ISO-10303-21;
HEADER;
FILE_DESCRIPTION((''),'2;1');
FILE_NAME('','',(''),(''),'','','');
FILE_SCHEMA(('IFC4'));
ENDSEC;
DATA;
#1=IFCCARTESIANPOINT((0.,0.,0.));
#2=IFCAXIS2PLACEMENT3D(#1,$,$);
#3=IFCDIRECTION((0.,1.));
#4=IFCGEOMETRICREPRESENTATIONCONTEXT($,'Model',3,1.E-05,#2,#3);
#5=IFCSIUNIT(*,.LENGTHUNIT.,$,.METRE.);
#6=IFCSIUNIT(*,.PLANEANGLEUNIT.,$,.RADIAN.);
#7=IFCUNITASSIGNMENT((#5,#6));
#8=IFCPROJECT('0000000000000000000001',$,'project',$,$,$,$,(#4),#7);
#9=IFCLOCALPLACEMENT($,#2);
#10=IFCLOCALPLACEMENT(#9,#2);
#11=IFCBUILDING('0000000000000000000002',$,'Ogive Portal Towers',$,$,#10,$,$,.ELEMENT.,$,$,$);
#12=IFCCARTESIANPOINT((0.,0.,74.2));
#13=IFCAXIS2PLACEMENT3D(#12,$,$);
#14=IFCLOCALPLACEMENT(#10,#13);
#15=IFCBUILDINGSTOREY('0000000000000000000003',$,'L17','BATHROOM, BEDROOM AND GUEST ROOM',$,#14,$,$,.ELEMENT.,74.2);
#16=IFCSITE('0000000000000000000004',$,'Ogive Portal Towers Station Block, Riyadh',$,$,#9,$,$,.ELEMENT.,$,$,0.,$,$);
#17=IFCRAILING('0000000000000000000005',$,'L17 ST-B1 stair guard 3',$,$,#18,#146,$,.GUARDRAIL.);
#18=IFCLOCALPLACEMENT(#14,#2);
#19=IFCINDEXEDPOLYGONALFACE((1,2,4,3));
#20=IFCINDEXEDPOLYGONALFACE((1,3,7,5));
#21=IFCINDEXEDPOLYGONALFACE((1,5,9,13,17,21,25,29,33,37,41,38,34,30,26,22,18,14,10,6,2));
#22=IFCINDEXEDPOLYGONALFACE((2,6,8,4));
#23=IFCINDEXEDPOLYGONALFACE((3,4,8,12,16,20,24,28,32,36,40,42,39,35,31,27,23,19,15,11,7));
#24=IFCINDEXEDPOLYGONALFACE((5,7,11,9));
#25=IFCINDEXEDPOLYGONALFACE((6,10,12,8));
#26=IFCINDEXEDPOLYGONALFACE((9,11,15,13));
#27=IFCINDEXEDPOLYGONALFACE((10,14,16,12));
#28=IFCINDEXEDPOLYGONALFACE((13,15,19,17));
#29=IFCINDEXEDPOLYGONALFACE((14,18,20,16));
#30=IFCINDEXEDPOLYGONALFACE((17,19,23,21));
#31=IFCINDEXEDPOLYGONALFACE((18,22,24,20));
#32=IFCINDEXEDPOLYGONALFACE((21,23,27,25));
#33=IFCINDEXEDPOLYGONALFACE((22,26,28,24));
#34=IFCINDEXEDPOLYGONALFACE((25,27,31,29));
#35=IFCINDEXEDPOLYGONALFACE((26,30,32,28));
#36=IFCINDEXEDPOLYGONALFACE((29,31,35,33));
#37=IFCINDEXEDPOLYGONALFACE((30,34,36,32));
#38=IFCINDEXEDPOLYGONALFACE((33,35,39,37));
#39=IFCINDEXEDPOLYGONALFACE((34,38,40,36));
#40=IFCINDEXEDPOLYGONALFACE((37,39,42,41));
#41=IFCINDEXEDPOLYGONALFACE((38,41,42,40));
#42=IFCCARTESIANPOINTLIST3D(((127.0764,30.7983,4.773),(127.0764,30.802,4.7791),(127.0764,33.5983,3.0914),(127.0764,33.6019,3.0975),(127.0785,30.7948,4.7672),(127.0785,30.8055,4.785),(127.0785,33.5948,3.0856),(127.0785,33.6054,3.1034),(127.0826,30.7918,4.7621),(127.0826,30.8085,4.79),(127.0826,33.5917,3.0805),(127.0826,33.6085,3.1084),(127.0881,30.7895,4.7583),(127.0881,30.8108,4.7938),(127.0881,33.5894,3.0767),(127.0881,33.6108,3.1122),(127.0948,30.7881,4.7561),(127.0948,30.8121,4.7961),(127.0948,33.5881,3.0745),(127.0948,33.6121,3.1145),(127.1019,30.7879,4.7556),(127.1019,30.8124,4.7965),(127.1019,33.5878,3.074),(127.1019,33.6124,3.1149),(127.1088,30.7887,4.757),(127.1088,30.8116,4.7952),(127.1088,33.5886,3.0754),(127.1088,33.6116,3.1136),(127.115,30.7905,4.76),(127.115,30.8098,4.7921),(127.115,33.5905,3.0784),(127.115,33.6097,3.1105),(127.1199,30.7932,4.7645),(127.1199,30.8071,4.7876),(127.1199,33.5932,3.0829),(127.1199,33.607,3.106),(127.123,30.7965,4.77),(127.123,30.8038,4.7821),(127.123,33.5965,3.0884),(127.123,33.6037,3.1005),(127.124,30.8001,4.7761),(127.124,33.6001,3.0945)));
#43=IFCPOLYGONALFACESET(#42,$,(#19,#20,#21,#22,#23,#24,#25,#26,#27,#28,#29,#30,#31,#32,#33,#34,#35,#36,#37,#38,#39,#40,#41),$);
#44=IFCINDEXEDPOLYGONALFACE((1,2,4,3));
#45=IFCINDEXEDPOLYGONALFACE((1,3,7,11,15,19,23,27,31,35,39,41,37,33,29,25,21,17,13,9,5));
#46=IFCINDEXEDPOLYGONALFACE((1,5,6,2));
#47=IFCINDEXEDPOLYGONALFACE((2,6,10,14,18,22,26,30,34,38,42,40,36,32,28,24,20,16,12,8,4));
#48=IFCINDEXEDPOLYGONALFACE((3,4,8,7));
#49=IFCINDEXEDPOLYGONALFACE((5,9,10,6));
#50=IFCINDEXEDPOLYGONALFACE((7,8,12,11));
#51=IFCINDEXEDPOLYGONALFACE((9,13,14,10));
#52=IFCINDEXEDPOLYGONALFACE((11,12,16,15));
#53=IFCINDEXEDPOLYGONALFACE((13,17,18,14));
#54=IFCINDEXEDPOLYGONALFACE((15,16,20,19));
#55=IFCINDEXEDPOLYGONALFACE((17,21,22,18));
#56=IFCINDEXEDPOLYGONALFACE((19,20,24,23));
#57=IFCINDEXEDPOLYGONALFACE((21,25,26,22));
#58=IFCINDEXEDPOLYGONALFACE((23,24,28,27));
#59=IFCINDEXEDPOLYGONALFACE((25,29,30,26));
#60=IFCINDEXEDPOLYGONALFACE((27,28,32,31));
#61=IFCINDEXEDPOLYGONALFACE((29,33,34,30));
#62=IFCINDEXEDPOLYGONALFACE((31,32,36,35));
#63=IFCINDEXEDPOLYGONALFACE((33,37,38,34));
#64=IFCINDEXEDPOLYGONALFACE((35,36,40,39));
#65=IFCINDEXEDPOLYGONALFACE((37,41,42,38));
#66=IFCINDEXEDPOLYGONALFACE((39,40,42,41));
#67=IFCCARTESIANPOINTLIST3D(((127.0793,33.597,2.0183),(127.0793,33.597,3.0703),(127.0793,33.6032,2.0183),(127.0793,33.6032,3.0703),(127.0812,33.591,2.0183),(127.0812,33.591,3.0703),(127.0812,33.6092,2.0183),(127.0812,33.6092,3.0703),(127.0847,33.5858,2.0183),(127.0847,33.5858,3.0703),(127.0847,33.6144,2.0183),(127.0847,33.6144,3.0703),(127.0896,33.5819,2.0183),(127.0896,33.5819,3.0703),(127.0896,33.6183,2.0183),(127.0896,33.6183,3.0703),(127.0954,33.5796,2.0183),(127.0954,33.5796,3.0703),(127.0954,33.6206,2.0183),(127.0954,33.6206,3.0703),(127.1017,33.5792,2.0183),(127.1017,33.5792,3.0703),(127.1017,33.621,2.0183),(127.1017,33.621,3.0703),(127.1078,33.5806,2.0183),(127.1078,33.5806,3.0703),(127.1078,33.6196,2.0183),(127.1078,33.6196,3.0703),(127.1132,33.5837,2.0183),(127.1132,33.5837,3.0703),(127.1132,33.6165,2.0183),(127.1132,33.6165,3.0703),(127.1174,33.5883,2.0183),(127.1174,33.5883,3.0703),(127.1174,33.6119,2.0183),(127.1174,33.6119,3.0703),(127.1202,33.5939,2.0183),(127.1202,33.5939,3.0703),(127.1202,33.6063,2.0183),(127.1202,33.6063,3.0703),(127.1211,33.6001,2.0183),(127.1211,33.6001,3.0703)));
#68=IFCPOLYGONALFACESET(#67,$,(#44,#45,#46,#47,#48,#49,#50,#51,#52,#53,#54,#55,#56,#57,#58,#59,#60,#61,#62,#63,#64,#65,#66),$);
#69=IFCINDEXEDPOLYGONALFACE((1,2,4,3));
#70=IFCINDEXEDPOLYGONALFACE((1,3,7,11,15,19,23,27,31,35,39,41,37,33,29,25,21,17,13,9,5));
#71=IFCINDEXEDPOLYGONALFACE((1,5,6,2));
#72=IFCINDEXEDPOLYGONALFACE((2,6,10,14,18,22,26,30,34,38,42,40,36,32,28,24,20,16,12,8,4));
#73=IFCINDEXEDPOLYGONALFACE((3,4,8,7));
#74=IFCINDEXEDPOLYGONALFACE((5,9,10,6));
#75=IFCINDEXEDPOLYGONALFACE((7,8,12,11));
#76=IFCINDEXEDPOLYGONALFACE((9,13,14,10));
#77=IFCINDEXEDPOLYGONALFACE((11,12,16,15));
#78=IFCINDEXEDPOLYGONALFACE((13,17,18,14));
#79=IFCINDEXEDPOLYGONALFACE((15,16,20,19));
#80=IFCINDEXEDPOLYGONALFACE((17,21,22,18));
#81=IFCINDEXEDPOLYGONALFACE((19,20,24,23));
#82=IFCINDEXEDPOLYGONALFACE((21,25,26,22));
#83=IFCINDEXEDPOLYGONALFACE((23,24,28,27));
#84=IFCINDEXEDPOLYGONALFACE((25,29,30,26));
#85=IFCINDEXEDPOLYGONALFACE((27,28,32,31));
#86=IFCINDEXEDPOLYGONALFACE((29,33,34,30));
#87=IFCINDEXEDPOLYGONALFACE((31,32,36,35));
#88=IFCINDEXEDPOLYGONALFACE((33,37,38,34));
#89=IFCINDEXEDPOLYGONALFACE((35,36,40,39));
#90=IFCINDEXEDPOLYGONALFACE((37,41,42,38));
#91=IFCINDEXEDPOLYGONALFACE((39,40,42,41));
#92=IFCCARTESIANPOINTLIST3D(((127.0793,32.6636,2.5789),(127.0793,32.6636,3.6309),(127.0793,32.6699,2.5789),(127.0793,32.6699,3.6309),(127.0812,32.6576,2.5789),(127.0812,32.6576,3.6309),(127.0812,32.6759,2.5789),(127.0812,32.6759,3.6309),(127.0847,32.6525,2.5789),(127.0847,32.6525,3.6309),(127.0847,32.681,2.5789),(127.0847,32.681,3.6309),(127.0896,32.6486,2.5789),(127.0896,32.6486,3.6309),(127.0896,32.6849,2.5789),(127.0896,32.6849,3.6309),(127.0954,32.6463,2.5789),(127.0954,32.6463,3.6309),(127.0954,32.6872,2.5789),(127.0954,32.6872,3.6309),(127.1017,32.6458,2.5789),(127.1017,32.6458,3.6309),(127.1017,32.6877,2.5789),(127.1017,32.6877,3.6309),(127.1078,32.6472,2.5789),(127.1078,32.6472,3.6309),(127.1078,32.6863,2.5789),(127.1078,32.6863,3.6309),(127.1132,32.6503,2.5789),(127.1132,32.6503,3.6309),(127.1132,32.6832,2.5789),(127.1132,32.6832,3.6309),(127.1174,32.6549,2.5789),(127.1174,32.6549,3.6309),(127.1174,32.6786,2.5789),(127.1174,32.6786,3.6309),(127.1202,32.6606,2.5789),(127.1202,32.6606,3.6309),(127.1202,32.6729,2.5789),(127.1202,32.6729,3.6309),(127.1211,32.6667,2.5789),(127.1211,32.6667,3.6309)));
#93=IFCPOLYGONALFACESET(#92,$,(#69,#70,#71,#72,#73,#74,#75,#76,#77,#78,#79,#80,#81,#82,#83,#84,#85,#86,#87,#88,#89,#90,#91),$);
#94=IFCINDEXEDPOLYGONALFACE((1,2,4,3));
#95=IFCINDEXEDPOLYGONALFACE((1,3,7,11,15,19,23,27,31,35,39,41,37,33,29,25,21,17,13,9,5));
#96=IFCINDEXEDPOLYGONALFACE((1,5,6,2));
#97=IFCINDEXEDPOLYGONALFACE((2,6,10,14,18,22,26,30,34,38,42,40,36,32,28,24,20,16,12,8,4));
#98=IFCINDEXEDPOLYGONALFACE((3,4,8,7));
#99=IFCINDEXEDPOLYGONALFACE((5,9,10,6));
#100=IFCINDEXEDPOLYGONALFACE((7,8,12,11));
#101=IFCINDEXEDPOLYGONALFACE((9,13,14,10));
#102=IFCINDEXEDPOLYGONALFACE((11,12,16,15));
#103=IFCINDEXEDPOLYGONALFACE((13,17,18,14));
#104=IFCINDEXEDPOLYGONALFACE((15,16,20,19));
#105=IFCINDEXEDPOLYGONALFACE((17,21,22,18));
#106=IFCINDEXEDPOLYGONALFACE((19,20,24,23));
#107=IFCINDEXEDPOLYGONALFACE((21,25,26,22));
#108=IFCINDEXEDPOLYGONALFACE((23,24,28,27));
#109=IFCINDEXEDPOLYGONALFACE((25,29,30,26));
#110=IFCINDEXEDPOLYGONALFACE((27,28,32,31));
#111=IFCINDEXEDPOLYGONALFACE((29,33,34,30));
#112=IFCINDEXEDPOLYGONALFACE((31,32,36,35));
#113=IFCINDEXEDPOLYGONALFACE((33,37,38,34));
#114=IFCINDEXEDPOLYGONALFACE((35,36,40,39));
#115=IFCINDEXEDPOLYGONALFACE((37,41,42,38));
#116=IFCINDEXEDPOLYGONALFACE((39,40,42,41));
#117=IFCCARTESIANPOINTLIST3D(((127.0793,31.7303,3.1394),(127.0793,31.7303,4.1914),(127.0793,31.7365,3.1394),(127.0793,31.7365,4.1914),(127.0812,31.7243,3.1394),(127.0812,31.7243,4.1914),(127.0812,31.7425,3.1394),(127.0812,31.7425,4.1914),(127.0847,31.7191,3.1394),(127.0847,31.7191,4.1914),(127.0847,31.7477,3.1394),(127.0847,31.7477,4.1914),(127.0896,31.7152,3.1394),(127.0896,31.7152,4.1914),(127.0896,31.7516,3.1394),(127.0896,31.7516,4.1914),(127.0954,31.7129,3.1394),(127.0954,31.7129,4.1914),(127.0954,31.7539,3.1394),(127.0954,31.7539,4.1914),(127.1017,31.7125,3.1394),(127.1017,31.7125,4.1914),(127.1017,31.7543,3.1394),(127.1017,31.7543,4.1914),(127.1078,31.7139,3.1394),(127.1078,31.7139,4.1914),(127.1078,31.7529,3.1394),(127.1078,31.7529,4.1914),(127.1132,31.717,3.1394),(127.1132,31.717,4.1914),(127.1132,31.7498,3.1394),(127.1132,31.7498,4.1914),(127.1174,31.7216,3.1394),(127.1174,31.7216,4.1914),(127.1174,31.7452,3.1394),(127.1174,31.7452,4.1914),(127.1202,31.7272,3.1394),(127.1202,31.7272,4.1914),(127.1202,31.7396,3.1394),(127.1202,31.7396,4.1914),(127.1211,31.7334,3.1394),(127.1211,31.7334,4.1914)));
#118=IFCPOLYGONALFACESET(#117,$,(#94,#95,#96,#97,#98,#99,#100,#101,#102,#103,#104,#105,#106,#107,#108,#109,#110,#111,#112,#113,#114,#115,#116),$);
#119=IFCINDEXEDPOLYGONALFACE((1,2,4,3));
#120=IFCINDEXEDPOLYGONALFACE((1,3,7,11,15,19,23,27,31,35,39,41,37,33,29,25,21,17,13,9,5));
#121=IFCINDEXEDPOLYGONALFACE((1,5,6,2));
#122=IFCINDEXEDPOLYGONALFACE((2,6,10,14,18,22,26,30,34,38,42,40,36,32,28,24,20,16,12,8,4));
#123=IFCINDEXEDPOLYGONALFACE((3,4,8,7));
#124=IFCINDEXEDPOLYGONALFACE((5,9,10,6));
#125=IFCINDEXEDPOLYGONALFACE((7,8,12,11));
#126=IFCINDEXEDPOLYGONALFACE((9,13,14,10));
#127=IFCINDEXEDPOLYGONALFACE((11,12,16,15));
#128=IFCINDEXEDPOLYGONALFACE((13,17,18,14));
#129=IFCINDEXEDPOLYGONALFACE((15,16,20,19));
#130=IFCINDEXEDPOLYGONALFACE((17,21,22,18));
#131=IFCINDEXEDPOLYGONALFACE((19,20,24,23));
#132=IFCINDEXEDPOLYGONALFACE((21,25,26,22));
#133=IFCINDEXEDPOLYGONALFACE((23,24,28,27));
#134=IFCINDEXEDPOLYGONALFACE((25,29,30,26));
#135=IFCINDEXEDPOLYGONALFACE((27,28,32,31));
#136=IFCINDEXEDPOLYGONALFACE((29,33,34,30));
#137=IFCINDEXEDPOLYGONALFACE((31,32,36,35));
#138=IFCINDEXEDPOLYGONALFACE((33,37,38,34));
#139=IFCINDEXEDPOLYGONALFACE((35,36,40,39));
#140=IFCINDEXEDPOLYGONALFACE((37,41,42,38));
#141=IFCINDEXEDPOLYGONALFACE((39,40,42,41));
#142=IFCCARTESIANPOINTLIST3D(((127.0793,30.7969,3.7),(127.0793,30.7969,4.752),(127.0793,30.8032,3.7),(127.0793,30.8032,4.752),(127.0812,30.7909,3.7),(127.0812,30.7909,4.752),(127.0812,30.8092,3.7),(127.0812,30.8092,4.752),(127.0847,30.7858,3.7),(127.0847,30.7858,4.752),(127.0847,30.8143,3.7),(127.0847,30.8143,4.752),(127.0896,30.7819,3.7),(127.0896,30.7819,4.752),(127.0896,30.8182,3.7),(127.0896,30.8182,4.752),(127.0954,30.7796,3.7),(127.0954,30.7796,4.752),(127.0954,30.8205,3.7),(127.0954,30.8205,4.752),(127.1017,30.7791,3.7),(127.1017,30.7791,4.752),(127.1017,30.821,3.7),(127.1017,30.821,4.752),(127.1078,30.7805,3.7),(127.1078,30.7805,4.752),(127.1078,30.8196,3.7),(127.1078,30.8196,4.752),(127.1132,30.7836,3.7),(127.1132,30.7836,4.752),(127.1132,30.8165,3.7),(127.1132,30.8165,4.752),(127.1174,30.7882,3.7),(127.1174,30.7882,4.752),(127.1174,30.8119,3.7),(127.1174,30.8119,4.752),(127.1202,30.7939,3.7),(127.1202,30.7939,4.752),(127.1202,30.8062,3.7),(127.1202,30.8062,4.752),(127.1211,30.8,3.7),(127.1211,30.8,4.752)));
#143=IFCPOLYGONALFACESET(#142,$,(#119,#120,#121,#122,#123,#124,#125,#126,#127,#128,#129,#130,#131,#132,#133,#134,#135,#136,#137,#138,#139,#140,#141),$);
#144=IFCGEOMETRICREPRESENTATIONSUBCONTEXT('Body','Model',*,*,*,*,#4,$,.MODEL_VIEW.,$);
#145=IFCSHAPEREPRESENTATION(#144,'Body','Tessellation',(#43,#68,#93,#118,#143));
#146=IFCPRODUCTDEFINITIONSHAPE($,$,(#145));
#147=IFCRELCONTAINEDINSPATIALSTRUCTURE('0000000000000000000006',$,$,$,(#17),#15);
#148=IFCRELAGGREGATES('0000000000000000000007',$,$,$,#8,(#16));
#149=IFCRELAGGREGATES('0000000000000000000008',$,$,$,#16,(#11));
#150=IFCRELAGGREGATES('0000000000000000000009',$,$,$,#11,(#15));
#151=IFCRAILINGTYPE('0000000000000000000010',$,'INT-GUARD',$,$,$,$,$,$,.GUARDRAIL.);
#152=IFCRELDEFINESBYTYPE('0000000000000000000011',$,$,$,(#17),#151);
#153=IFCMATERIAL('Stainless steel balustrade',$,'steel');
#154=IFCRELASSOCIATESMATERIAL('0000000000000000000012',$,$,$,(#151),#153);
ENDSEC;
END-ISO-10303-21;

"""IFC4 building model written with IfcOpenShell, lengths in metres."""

from ifc_helpers import new_model, si_unit, direction, frame, origin, origin_2d, place, context, subcontext, project, spatial, circle, extrude, material, type_object, element, save


model = new_model("IFC4")

# Units and contexts
model_context = context("Model", 3, precision=1e-05, world=origin(), true_north=direction((0.0, 1.0)))
body_context = subcontext(model_context, "Body", "Model", "MODEL_VIEW")
ifc_project = project(units=[si_unit("LENGTHUNIT", "METRE"), si_unit("PLANEANGLEUNIT", "RADIAN")], contexts=[model_context])

# Site, building, storey
site_placement = place(None, origin())
site = spatial("IfcSite", under=ifc_project, at=site_placement, Name="Ogive Portal Towers Station Block, Riyadh", CompositionType="ELEMENT", RefElevation=0.0)
building_placement = place(site_placement, origin())
building = spatial("IfcBuilding", under=site, at=building_placement, Name="Ogive Portal Towers", CompositionType="ELEMENT")
storey_placement = place(building_placement, frame((0.0, 0.0, 74.2)))
storey = spatial("IfcBuildingStorey", under=building, at=storey_placement, Name="L17", Description="BATHROOM, BEDROOM AND GUEST ROOM", CompositionType="ELEMENT", Elevation=74.2)

# Railing
ifc_material_1 = material(Name="Stainless steel balustrade", Category="steel")
railing_type_1 = type_object("IfcRailingType", Name="INT-GUARD", PredefinedType="GUARDRAIL", material=ifc_material_1)
railing_1_placement = place(storey_placement, frame((127.1001, 33.6001, 2.0183)))
element("IfcRailing", 1, at=railing_1_placement, inside=storey, type_object=railing_type_1, Name="L17 ST-B1 stair guard 3", PredefinedType="GUARDRAIL", context=body_context, shape_type="SweptSolid", body=[
    extrude(circle(Radius=0.0239, at=origin_2d()), frame((0.0, 0.0, 1.0762), z_axis=(0.0, -0.857275, 0.514858), x_axis=(1.0, 0.0, 0.0)), (0.0, 0.0, 1.0), 3.2661),
    extrude(circle(Radius=0.021, at=origin_2d()), origin(), (0.0, 0.0, 1.0), 1.052),
    extrude(circle(Radius=0.021, at=origin_2d()), frame((0.0, -0.9333, 0.5605)), (0.0, 0.0, 1.0), 1.052),
    extrude(circle(Radius=0.021, at=origin_2d()), frame((0.0, -1.8667, 1.1211)), (0.0, 0.0, 1.0), 1.052),
    extrude(circle(Radius=0.021, at=origin_2d()), frame((0.0, -2.8, 1.6816)), (0.0, 0.0, 1.0), 1.052),
])

save(model, "model.ifc")
